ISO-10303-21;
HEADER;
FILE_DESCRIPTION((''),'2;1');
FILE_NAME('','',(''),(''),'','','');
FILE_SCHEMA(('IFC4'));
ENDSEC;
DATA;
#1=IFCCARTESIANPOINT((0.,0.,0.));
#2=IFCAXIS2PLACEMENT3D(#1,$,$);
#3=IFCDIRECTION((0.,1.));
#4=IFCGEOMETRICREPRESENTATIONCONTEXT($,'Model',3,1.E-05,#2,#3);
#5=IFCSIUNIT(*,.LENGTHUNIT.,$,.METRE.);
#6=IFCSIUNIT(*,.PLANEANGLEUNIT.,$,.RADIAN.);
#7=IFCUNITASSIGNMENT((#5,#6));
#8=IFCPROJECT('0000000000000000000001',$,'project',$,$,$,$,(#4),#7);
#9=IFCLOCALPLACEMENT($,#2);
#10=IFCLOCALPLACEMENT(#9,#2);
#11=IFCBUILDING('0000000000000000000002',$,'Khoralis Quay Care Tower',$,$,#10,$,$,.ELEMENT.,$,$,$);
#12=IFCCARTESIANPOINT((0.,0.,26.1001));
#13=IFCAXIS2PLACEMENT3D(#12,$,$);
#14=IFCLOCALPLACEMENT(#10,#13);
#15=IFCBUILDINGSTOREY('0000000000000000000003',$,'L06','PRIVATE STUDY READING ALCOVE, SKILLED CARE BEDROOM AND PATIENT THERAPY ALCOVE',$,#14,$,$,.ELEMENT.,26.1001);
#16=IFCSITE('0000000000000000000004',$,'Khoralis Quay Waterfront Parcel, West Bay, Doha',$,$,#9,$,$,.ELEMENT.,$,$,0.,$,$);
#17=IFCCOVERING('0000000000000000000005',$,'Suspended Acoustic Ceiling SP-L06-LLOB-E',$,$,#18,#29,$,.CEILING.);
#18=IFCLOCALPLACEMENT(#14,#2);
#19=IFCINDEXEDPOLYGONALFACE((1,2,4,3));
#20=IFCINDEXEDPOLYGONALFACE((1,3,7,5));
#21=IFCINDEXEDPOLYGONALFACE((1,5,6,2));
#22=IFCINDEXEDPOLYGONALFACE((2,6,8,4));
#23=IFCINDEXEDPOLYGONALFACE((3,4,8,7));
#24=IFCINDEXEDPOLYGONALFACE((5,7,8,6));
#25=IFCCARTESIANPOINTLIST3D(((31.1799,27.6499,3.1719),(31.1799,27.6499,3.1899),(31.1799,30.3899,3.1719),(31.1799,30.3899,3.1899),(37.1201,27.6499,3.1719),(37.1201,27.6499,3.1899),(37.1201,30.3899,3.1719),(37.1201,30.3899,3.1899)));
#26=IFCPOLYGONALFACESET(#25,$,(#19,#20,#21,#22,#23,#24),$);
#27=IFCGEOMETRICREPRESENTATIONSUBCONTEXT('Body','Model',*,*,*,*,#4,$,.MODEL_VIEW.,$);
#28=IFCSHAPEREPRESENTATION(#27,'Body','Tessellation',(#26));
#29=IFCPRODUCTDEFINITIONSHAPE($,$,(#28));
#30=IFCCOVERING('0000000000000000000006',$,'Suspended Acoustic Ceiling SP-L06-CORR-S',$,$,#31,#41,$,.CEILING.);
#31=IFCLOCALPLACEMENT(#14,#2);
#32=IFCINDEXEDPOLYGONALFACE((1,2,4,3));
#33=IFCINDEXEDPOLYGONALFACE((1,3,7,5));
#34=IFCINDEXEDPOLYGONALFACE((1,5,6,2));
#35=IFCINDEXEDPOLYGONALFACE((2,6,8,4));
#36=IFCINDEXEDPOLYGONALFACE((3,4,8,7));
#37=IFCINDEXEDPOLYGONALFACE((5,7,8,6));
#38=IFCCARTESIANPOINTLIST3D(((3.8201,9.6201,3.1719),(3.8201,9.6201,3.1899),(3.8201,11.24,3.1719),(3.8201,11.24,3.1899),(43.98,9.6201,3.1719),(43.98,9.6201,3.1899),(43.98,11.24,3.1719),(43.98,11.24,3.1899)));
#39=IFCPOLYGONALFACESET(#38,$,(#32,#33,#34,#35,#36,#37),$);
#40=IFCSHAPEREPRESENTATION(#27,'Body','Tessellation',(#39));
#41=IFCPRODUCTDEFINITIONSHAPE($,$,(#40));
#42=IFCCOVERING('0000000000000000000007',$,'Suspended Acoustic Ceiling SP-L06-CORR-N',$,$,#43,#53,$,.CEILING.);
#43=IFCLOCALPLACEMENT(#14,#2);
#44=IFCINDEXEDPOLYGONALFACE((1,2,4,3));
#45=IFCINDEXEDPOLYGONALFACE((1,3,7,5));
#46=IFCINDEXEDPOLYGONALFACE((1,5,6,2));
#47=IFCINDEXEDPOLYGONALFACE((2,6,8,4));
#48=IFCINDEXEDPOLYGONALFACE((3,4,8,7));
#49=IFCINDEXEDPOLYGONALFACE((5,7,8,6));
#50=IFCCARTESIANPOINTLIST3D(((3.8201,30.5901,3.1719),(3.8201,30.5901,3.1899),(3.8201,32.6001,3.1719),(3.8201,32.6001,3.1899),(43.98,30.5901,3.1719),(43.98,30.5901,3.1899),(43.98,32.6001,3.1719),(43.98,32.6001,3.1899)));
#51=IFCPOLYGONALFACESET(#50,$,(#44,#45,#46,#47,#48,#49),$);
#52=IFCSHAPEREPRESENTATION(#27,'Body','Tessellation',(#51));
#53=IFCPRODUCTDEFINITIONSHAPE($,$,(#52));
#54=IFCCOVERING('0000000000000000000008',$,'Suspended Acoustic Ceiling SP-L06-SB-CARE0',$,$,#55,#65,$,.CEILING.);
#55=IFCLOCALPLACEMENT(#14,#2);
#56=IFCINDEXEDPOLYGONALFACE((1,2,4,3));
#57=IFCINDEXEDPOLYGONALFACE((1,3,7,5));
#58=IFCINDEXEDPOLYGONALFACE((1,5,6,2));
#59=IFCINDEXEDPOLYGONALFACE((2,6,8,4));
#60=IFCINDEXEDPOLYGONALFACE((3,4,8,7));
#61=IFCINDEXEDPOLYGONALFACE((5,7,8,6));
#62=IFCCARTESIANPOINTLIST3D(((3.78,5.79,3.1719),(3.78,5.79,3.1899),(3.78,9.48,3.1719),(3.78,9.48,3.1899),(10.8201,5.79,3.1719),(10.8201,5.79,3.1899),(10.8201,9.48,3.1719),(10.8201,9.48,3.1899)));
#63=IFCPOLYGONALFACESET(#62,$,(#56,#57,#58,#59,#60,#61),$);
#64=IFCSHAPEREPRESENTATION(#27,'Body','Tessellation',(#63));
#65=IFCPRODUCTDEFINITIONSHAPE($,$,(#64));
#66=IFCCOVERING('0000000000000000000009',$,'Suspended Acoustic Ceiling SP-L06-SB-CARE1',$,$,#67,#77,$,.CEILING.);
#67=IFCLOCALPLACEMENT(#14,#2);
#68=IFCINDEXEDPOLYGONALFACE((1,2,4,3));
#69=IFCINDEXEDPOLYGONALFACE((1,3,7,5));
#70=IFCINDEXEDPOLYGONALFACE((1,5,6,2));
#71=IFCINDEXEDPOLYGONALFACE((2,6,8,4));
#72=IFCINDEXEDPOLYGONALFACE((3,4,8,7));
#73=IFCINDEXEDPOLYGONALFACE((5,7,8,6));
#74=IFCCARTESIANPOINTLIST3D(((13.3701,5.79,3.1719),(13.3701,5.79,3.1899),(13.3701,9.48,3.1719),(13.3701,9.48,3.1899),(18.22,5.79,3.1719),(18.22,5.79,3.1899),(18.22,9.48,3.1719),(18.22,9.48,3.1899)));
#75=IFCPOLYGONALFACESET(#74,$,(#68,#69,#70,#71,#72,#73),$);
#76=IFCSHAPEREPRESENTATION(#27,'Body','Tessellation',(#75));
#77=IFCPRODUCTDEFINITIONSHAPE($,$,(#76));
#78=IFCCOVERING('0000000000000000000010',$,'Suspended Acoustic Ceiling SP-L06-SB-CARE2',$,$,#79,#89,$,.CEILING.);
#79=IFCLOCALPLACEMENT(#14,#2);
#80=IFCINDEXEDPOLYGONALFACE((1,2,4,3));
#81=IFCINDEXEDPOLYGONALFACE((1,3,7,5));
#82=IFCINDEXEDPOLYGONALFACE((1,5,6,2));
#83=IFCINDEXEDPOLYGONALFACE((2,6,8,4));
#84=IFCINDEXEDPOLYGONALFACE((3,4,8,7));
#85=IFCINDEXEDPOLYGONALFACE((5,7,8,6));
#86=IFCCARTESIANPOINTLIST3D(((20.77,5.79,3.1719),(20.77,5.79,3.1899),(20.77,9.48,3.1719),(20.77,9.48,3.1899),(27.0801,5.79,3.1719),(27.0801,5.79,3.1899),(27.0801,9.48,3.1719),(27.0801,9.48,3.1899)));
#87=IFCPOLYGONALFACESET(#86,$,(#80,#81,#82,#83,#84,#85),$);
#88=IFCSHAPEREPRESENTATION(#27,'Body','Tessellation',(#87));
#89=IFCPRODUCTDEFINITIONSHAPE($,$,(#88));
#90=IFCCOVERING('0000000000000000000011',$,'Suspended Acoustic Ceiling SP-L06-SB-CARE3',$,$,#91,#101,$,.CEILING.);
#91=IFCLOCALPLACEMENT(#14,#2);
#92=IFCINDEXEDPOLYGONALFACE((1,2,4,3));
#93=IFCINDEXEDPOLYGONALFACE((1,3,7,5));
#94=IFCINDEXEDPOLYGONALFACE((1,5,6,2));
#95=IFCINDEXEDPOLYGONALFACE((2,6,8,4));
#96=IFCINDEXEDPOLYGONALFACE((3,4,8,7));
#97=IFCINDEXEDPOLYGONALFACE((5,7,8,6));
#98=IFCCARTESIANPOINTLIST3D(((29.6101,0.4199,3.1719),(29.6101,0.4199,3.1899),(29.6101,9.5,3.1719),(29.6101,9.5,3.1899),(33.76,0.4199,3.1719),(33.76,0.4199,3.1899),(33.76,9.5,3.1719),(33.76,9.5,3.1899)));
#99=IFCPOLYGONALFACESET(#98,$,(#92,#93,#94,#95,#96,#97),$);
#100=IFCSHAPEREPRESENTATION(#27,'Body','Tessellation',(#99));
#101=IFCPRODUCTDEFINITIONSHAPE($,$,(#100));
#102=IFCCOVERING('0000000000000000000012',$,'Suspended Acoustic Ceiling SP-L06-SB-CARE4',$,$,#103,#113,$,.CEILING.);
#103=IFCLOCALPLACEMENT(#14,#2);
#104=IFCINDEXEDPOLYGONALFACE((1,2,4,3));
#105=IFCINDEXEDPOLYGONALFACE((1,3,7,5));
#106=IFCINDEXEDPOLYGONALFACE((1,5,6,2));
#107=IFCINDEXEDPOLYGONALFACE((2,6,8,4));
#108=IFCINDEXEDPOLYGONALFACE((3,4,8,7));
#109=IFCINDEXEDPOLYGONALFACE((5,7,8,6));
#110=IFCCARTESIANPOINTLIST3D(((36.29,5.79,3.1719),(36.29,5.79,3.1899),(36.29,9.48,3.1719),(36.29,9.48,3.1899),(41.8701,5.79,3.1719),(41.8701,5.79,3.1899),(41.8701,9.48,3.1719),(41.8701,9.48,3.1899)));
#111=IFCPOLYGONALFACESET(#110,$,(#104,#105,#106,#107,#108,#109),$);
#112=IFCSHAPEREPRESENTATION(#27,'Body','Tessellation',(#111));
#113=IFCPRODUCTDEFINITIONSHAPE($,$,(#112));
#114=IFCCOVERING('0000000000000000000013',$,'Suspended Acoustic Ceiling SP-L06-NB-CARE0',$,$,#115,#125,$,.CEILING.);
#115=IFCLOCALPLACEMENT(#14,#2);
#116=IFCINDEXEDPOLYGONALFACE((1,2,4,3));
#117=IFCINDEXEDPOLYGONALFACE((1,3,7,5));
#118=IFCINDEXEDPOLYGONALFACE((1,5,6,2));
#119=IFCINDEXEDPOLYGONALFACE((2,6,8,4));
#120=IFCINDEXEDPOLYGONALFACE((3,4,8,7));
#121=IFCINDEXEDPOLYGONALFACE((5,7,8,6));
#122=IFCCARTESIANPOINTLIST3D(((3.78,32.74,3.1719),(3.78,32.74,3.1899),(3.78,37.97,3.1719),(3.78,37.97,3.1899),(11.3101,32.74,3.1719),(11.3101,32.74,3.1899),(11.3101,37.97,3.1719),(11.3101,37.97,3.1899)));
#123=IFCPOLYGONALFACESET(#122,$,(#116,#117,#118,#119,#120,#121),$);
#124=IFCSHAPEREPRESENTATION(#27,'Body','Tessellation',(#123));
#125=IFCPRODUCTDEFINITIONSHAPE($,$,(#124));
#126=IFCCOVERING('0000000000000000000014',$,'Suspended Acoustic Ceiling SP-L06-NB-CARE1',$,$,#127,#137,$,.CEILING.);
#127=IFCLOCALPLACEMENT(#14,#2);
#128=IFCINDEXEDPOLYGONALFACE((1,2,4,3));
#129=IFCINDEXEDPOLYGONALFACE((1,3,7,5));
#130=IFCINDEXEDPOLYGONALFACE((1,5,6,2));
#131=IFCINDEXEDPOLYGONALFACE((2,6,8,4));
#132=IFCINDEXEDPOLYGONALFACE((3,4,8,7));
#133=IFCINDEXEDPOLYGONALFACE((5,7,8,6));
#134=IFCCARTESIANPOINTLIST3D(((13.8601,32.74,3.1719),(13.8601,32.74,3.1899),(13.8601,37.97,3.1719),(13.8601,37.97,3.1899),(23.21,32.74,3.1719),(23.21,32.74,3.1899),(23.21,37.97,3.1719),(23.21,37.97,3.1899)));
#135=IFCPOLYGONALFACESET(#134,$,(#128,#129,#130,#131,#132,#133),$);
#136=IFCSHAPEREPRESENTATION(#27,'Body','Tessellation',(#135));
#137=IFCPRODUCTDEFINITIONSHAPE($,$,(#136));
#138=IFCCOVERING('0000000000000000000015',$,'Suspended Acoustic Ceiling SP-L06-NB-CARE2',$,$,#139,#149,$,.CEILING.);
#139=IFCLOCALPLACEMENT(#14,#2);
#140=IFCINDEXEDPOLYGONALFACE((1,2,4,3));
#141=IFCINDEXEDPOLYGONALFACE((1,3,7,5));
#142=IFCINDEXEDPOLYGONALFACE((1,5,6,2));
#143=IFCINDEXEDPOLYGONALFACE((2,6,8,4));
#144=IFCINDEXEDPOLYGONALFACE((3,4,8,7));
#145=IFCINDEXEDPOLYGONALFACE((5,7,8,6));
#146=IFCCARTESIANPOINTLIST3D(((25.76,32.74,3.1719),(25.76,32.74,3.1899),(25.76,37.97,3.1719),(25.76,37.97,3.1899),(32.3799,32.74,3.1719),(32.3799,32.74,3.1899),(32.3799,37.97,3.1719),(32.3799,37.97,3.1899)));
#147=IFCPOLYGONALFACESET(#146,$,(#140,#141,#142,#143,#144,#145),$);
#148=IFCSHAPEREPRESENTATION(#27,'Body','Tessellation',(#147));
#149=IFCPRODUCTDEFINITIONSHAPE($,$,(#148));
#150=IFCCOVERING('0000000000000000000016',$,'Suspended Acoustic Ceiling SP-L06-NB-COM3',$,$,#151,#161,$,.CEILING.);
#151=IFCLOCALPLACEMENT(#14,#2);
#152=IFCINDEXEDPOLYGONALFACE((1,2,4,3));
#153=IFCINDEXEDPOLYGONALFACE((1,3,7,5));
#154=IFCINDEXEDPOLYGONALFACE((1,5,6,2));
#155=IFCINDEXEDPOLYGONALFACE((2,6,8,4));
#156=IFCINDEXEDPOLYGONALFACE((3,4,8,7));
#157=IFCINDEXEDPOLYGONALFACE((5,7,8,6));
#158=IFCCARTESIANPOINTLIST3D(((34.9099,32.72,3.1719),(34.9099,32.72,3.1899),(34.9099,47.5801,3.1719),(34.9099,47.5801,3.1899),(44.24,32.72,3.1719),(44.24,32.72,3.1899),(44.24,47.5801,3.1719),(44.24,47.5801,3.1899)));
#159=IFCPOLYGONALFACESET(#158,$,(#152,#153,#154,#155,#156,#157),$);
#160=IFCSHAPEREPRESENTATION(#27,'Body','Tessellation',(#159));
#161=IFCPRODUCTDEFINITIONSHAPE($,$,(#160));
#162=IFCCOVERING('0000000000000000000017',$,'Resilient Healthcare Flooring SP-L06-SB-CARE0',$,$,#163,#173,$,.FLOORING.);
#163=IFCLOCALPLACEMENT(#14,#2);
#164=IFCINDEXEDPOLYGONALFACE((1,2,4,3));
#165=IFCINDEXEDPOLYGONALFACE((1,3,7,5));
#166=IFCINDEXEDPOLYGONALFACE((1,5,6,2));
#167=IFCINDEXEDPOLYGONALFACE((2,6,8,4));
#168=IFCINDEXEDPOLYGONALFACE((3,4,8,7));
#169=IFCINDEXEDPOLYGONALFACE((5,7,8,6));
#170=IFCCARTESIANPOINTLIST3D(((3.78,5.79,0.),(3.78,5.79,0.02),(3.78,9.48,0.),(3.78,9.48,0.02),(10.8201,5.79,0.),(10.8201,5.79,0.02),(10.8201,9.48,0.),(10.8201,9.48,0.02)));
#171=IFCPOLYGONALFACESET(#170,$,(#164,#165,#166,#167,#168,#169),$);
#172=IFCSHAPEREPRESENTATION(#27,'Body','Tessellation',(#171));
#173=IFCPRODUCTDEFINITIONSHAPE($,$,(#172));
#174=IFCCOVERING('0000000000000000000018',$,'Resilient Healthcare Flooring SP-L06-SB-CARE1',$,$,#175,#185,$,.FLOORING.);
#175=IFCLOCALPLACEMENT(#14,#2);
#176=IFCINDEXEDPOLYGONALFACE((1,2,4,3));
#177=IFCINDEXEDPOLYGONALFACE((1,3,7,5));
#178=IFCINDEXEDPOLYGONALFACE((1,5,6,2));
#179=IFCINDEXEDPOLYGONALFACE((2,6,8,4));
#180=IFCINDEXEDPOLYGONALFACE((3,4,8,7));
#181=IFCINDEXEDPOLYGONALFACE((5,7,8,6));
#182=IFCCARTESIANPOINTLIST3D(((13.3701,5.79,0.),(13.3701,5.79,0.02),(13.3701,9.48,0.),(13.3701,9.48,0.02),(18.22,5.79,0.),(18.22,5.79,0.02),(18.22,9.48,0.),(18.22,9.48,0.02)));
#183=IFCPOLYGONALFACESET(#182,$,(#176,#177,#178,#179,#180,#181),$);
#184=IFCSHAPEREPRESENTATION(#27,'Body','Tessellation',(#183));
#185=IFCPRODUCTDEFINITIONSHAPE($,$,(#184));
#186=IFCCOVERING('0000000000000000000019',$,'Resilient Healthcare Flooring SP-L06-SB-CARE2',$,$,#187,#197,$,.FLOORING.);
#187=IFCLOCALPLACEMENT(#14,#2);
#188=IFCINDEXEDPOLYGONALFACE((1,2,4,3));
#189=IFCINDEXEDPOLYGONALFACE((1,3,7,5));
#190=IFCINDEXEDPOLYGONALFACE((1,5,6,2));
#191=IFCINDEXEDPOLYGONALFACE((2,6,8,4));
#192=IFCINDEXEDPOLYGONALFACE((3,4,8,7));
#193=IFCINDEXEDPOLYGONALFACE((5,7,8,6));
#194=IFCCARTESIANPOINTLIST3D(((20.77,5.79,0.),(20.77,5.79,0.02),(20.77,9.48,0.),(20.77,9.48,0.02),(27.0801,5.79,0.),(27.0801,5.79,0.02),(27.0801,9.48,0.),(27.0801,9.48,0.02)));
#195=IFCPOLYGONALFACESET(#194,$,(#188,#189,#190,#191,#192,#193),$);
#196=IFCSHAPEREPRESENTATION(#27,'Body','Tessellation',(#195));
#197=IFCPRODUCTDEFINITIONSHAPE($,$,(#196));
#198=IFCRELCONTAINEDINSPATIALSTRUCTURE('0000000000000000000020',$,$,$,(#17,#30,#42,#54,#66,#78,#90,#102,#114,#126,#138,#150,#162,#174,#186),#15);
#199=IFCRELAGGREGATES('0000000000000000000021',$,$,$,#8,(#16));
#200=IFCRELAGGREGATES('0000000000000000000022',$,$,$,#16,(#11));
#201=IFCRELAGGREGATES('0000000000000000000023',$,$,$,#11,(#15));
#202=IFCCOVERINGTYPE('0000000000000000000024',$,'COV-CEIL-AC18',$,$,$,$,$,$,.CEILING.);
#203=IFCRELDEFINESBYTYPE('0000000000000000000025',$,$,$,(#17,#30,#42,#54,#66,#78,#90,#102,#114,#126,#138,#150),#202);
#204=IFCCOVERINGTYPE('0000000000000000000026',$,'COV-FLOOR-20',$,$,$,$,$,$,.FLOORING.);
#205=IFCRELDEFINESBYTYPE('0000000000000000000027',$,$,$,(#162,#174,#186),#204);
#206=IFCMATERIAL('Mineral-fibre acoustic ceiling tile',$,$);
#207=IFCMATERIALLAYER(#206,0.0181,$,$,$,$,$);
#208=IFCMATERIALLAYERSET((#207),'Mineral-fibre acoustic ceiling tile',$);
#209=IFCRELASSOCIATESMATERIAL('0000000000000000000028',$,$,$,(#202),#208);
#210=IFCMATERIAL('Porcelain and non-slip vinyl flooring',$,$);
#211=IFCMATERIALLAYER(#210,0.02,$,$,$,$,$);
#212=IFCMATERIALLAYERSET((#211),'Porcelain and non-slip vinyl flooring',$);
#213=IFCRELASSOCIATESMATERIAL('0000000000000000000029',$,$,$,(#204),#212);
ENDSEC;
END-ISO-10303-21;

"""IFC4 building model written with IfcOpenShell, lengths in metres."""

from ifc_helpers import new_model, si_unit, direction, frame, origin, place, context, subcontext, project, spatial, polyline, outline, extrude, material, layer, layer_set, type_object, element, save


model = new_model("IFC4")

# Units and contexts
model_context = context("Model", 3, precision=1e-05, world=origin(), true_north=direction((0.0, 1.0)))
body_context = subcontext(model_context, "Body", "Model", "MODEL_VIEW")
ifc_project = project(units=[si_unit("LENGTHUNIT", "METRE"), si_unit("PLANEANGLEUNIT", "RADIAN")], contexts=[model_context])

# Site, building, storey
site_placement = place(None, origin())
site = spatial("IfcSite", under=ifc_project, at=site_placement, Name="Khoralis Quay Waterfront Parcel, West Bay, Doha", CompositionType="ELEMENT", RefElevation=0.0)
building_placement = place(site_placement, origin())
building = spatial("IfcBuilding", under=site, at=building_placement, Name="Khoralis Quay Care Tower", CompositionType="ELEMENT")
storey_placement = place(building_placement, frame((0.0, 0.0, 26.1001)))
storey = spatial("IfcBuildingStorey", under=building, at=storey_placement, Name="L06", Description="PRIVATE STUDY READING ALCOVE, SKILLED CARE BEDROOM AND PATIENT THERAPY ALCOVE", CompositionType="ELEMENT", Elevation=26.1001)

# Coverings
ifc_material_1 = material(Name="Mineral-fibre acoustic ceiling tile")
ifc_layer_1 = layer(ifc_material_1, 0.0181)
ifc_layer_set_1 = layer_set([ifc_layer_1], Name="Mineral-fibre acoustic ceiling tile")
covering_type_1 = type_object("IfcCoveringType", Name="COV-CEIL-AC18", PredefinedType="CEILING", material=ifc_layer_set_1)
covering_1_placement = place(storey_placement, frame((0.0, 0.0, 3.1719)))
element("IfcCovering", 1, at=covering_1_placement, inside=storey, type_object=covering_type_1, Name="Suspended Acoustic Ceiling SP-L06-LLOB-E", PredefinedType="CEILING", context=body_context, shape_type="SweptSolid", body=[
    extrude(outline(polyline([(31.1799, 27.6499), (37.1201, 27.6499), (37.1201, 30.3899), (31.1799, 30.3899), (31.1799, 27.6499)])), origin(), (0.0, 0.0, 1.0), 0.0181),
])
covering_2_placement = place(storey_placement, frame((0.0, 0.0, 3.1719)))
element("IfcCovering", 2, at=covering_2_placement, inside=storey, type_object=covering_type_1, Name="Suspended Acoustic Ceiling SP-L06-CORR-S", PredefinedType="CEILING", context=body_context, shape_type="SweptSolid", body=[
    extrude(outline(polyline([(3.8201, 9.6201), (43.98, 9.6201), (43.98, 11.24), (3.8201, 11.24), (3.8201, 9.6201)])), origin(), (0.0, 0.0, 1.0), 0.0181),
])
covering_3_placement = place(storey_placement, frame((0.0, 0.0, 3.1719)))
element("IfcCovering", 3, at=covering_3_placement, inside=storey, type_object=covering_type_1, Name="Suspended Acoustic Ceiling SP-L06-CORR-N", PredefinedType="CEILING", context=body_context, shape_type="SweptSolid", body=[
    extrude(outline(polyline([(3.8201, 30.5901), (43.98, 30.5901), (43.98, 32.6001), (3.8201, 32.6001), (3.8201, 30.5901)])), origin(), (0.0, 0.0, 1.0), 0.0181),
])
covering_4_placement = place(storey_placement, frame((0.0, 0.0, 3.1719)))
element("IfcCovering", 4, at=covering_4_placement, inside=storey, type_object=covering_type_1, Name="Suspended Acoustic Ceiling SP-L06-SB-CARE0", PredefinedType="CEILING", context=body_context, shape_type="SweptSolid", body=[
    extrude(outline(polyline([(3.78, 5.79), (10.8201, 5.79), (10.8201, 9.48), (3.78, 9.48), (3.78, 5.79)])), origin(), (0.0, 0.0, 1.0), 0.0181),
])
covering_5_placement = place(storey_placement, frame((0.0, 0.0, 3.1719)))
element("IfcCovering", 5, at=covering_5_placement, inside=storey, type_object=covering_type_1, Name="Suspended Acoustic Ceiling SP-L06-SB-CARE1", PredefinedType="CEILING", context=body_context, shape_type="SweptSolid", body=[
    extrude(outline(polyline([(13.3701, 5.79), (18.22, 5.79), (18.22, 9.48), (13.3701, 9.48), (13.3701, 5.79)])), origin(), (0.0, 0.0, 1.0), 0.0181),
])
covering_6_placement = place(storey_placement, frame((0.0, 0.0, 3.1719)))
element("IfcCovering", 6, at=covering_6_placement, inside=storey, type_object=covering_type_1, Name="Suspended Acoustic Ceiling SP-L06-SB-CARE2", PredefinedType="CEILING", context=body_context, shape_type="SweptSolid", body=[
    extrude(outline(polyline([(20.77, 5.79), (27.0801, 5.79), (27.0801, 9.48), (20.77, 9.48), (20.77, 5.79)])), origin(), (0.0, 0.0, 1.0), 0.0181),
])
covering_7_placement = place(storey_placement, frame((0.0, 0.0, 3.1719)))
element("IfcCovering", 7, at=covering_7_placement, inside=storey, type_object=covering_type_1, Name="Suspended Acoustic Ceiling SP-L06-SB-CARE3", PredefinedType="CEILING", context=body_context, shape_type="SweptSolid", body=[
    extrude(outline(polyline([(29.6101, 0.4199), (33.76, 0.4199), (33.76, 9.5), (29.6101, 9.5), (29.6101, 0.4199)])), origin(), (0.0, 0.0, 1.0), 0.0181),
])
covering_8_placement = place(storey_placement, frame((0.0, 0.0, 3.1719)))
element("IfcCovering", 8, at=covering_8_placement, inside=storey, type_object=covering_type_1, Name="Suspended Acoustic Ceiling SP-L06-SB-CARE4", PredefinedType="CEILING", context=body_context, shape_type="SweptSolid", body=[
    extrude(outline(polyline([(36.29, 5.79), (41.8701, 5.79), (41.8701, 9.48), (36.29, 9.48), (36.29, 5.79)])), origin(), (0.0, 0.0, 1.0), 0.0181),
])
covering_9_placement = place(storey_placement, frame((0.0, 0.0, 3.1719)))
element("IfcCovering", 9, at=covering_9_placement, inside=storey, type_object=covering_type_1, Name="Suspended Acoustic Ceiling SP-L06-NB-CARE0", PredefinedType="CEILING", context=body_context, shape_type="SweptSolid", body=[
    extrude(outline(polyline([(3.78, 32.74), (11.3101, 32.74), (11.3101, 37.97), (3.78, 37.97), (3.78, 32.74)])), origin(), (0.0, 0.0, 1.0), 0.0181),
])
covering_10_placement = place(storey_placement, frame((0.0, 0.0, 3.1719)))
element("IfcCovering", 10, at=covering_10_placement, inside=storey, type_object=covering_type_1, Name="Suspended Acoustic Ceiling SP-L06-NB-CARE1", PredefinedType="CEILING", context=body_context, shape_type="SweptSolid", body=[
    extrude(outline(polyline([(13.8601, 32.74), (23.21, 32.74), (23.21, 37.97), (13.8601, 37.97), (13.8601, 32.74)])), origin(), (0.0, 0.0, 1.0), 0.0181),
])
covering_11_placement = place(storey_placement, frame((0.0, 0.0, 3.1719)))
element("IfcCovering", 11, at=covering_11_placement, inside=storey, type_object=covering_type_1, Name="Suspended Acoustic Ceiling SP-L06-NB-CARE2", PredefinedType="CEILING", context=body_context, shape_type="SweptSolid", body=[
    extrude(outline(polyline([(25.76, 32.74), (32.3799, 32.74), (32.3799, 37.97), (25.76, 37.97), (25.76, 32.74)])), origin(), (0.0, 0.0, 1.0), 0.0181),
])
covering_12_placement = place(storey_placement, frame((0.0, 0.0, 3.1719)))
element("IfcCovering", 12, at=covering_12_placement, inside=storey, type_object=covering_type_1, Name="Suspended Acoustic Ceiling SP-L06-NB-COM3", PredefinedType="CEILING", context=body_context, shape_type="SweptSolid", body=[
    extrude(outline(polyline([(34.9099, 32.72), (44.24, 32.72), (44.24, 47.5801), (34.9099, 47.5801), (34.9099, 32.72)])), origin(), (0.0, 0.0, 1.0), 0.0181),
])
ifc_material_2 = material(Name="Porcelain and non-slip vinyl flooring")
ifc_layer_2 = layer(ifc_material_2, 0.02)
ifc_layer_set_2 = layer_set([ifc_layer_2], Name="Porcelain and non-slip vinyl flooring")
covering_type_2 = type_object("IfcCoveringType", Name="COV-FLOOR-20", PredefinedType="FLOORING", material=ifc_layer_set_2)
covering_13_placement = place(storey_placement, origin())
element("IfcCovering", 13, at=covering_13_placement, inside=storey, type_object=covering_type_2, Name="Resilient Healthcare Flooring SP-L06-SB-CARE0", PredefinedType="FLOORING", context=body_context, shape_type="SweptSolid", body=[
    extrude(outline(polyline([(3.78, 5.79), (10.8201, 5.79), (10.8201, 9.48), (3.78, 9.48), (3.78, 5.79)])), origin(), (0.0, 0.0, 1.0), 0.02),
])
covering_14_placement = place(storey_placement, origin())
element("IfcCovering", 14, at=covering_14_placement, inside=storey, type_object=covering_type_2, Name="Resilient Healthcare Flooring SP-L06-SB-CARE1", PredefinedType="FLOORING", context=body_context, shape_type="SweptSolid", body=[
    extrude(outline(polyline([(13.3701, 5.79), (18.22, 5.79), (18.22, 9.48), (13.3701, 9.48), (13.3701, 5.79)])), origin(), (0.0, 0.0, 1.0), 0.02),
])
covering_15_placement = place(storey_placement, origin())
element("IfcCovering", 15, at=covering_15_placement, inside=storey, type_object=covering_type_2, Name="Resilient Healthcare Flooring SP-L06-SB-CARE2", PredefinedType="FLOORING", context=body_context, shape_type="SweptSolid", body=[
    extrude(outline(polyline([(20.77, 5.79), (27.0801, 5.79), (27.0801, 9.48), (20.77, 9.48), (20.77, 5.79)])), origin(), (0.0, 0.0, 1.0), 0.02),
])

save(model, "model.ifc")
